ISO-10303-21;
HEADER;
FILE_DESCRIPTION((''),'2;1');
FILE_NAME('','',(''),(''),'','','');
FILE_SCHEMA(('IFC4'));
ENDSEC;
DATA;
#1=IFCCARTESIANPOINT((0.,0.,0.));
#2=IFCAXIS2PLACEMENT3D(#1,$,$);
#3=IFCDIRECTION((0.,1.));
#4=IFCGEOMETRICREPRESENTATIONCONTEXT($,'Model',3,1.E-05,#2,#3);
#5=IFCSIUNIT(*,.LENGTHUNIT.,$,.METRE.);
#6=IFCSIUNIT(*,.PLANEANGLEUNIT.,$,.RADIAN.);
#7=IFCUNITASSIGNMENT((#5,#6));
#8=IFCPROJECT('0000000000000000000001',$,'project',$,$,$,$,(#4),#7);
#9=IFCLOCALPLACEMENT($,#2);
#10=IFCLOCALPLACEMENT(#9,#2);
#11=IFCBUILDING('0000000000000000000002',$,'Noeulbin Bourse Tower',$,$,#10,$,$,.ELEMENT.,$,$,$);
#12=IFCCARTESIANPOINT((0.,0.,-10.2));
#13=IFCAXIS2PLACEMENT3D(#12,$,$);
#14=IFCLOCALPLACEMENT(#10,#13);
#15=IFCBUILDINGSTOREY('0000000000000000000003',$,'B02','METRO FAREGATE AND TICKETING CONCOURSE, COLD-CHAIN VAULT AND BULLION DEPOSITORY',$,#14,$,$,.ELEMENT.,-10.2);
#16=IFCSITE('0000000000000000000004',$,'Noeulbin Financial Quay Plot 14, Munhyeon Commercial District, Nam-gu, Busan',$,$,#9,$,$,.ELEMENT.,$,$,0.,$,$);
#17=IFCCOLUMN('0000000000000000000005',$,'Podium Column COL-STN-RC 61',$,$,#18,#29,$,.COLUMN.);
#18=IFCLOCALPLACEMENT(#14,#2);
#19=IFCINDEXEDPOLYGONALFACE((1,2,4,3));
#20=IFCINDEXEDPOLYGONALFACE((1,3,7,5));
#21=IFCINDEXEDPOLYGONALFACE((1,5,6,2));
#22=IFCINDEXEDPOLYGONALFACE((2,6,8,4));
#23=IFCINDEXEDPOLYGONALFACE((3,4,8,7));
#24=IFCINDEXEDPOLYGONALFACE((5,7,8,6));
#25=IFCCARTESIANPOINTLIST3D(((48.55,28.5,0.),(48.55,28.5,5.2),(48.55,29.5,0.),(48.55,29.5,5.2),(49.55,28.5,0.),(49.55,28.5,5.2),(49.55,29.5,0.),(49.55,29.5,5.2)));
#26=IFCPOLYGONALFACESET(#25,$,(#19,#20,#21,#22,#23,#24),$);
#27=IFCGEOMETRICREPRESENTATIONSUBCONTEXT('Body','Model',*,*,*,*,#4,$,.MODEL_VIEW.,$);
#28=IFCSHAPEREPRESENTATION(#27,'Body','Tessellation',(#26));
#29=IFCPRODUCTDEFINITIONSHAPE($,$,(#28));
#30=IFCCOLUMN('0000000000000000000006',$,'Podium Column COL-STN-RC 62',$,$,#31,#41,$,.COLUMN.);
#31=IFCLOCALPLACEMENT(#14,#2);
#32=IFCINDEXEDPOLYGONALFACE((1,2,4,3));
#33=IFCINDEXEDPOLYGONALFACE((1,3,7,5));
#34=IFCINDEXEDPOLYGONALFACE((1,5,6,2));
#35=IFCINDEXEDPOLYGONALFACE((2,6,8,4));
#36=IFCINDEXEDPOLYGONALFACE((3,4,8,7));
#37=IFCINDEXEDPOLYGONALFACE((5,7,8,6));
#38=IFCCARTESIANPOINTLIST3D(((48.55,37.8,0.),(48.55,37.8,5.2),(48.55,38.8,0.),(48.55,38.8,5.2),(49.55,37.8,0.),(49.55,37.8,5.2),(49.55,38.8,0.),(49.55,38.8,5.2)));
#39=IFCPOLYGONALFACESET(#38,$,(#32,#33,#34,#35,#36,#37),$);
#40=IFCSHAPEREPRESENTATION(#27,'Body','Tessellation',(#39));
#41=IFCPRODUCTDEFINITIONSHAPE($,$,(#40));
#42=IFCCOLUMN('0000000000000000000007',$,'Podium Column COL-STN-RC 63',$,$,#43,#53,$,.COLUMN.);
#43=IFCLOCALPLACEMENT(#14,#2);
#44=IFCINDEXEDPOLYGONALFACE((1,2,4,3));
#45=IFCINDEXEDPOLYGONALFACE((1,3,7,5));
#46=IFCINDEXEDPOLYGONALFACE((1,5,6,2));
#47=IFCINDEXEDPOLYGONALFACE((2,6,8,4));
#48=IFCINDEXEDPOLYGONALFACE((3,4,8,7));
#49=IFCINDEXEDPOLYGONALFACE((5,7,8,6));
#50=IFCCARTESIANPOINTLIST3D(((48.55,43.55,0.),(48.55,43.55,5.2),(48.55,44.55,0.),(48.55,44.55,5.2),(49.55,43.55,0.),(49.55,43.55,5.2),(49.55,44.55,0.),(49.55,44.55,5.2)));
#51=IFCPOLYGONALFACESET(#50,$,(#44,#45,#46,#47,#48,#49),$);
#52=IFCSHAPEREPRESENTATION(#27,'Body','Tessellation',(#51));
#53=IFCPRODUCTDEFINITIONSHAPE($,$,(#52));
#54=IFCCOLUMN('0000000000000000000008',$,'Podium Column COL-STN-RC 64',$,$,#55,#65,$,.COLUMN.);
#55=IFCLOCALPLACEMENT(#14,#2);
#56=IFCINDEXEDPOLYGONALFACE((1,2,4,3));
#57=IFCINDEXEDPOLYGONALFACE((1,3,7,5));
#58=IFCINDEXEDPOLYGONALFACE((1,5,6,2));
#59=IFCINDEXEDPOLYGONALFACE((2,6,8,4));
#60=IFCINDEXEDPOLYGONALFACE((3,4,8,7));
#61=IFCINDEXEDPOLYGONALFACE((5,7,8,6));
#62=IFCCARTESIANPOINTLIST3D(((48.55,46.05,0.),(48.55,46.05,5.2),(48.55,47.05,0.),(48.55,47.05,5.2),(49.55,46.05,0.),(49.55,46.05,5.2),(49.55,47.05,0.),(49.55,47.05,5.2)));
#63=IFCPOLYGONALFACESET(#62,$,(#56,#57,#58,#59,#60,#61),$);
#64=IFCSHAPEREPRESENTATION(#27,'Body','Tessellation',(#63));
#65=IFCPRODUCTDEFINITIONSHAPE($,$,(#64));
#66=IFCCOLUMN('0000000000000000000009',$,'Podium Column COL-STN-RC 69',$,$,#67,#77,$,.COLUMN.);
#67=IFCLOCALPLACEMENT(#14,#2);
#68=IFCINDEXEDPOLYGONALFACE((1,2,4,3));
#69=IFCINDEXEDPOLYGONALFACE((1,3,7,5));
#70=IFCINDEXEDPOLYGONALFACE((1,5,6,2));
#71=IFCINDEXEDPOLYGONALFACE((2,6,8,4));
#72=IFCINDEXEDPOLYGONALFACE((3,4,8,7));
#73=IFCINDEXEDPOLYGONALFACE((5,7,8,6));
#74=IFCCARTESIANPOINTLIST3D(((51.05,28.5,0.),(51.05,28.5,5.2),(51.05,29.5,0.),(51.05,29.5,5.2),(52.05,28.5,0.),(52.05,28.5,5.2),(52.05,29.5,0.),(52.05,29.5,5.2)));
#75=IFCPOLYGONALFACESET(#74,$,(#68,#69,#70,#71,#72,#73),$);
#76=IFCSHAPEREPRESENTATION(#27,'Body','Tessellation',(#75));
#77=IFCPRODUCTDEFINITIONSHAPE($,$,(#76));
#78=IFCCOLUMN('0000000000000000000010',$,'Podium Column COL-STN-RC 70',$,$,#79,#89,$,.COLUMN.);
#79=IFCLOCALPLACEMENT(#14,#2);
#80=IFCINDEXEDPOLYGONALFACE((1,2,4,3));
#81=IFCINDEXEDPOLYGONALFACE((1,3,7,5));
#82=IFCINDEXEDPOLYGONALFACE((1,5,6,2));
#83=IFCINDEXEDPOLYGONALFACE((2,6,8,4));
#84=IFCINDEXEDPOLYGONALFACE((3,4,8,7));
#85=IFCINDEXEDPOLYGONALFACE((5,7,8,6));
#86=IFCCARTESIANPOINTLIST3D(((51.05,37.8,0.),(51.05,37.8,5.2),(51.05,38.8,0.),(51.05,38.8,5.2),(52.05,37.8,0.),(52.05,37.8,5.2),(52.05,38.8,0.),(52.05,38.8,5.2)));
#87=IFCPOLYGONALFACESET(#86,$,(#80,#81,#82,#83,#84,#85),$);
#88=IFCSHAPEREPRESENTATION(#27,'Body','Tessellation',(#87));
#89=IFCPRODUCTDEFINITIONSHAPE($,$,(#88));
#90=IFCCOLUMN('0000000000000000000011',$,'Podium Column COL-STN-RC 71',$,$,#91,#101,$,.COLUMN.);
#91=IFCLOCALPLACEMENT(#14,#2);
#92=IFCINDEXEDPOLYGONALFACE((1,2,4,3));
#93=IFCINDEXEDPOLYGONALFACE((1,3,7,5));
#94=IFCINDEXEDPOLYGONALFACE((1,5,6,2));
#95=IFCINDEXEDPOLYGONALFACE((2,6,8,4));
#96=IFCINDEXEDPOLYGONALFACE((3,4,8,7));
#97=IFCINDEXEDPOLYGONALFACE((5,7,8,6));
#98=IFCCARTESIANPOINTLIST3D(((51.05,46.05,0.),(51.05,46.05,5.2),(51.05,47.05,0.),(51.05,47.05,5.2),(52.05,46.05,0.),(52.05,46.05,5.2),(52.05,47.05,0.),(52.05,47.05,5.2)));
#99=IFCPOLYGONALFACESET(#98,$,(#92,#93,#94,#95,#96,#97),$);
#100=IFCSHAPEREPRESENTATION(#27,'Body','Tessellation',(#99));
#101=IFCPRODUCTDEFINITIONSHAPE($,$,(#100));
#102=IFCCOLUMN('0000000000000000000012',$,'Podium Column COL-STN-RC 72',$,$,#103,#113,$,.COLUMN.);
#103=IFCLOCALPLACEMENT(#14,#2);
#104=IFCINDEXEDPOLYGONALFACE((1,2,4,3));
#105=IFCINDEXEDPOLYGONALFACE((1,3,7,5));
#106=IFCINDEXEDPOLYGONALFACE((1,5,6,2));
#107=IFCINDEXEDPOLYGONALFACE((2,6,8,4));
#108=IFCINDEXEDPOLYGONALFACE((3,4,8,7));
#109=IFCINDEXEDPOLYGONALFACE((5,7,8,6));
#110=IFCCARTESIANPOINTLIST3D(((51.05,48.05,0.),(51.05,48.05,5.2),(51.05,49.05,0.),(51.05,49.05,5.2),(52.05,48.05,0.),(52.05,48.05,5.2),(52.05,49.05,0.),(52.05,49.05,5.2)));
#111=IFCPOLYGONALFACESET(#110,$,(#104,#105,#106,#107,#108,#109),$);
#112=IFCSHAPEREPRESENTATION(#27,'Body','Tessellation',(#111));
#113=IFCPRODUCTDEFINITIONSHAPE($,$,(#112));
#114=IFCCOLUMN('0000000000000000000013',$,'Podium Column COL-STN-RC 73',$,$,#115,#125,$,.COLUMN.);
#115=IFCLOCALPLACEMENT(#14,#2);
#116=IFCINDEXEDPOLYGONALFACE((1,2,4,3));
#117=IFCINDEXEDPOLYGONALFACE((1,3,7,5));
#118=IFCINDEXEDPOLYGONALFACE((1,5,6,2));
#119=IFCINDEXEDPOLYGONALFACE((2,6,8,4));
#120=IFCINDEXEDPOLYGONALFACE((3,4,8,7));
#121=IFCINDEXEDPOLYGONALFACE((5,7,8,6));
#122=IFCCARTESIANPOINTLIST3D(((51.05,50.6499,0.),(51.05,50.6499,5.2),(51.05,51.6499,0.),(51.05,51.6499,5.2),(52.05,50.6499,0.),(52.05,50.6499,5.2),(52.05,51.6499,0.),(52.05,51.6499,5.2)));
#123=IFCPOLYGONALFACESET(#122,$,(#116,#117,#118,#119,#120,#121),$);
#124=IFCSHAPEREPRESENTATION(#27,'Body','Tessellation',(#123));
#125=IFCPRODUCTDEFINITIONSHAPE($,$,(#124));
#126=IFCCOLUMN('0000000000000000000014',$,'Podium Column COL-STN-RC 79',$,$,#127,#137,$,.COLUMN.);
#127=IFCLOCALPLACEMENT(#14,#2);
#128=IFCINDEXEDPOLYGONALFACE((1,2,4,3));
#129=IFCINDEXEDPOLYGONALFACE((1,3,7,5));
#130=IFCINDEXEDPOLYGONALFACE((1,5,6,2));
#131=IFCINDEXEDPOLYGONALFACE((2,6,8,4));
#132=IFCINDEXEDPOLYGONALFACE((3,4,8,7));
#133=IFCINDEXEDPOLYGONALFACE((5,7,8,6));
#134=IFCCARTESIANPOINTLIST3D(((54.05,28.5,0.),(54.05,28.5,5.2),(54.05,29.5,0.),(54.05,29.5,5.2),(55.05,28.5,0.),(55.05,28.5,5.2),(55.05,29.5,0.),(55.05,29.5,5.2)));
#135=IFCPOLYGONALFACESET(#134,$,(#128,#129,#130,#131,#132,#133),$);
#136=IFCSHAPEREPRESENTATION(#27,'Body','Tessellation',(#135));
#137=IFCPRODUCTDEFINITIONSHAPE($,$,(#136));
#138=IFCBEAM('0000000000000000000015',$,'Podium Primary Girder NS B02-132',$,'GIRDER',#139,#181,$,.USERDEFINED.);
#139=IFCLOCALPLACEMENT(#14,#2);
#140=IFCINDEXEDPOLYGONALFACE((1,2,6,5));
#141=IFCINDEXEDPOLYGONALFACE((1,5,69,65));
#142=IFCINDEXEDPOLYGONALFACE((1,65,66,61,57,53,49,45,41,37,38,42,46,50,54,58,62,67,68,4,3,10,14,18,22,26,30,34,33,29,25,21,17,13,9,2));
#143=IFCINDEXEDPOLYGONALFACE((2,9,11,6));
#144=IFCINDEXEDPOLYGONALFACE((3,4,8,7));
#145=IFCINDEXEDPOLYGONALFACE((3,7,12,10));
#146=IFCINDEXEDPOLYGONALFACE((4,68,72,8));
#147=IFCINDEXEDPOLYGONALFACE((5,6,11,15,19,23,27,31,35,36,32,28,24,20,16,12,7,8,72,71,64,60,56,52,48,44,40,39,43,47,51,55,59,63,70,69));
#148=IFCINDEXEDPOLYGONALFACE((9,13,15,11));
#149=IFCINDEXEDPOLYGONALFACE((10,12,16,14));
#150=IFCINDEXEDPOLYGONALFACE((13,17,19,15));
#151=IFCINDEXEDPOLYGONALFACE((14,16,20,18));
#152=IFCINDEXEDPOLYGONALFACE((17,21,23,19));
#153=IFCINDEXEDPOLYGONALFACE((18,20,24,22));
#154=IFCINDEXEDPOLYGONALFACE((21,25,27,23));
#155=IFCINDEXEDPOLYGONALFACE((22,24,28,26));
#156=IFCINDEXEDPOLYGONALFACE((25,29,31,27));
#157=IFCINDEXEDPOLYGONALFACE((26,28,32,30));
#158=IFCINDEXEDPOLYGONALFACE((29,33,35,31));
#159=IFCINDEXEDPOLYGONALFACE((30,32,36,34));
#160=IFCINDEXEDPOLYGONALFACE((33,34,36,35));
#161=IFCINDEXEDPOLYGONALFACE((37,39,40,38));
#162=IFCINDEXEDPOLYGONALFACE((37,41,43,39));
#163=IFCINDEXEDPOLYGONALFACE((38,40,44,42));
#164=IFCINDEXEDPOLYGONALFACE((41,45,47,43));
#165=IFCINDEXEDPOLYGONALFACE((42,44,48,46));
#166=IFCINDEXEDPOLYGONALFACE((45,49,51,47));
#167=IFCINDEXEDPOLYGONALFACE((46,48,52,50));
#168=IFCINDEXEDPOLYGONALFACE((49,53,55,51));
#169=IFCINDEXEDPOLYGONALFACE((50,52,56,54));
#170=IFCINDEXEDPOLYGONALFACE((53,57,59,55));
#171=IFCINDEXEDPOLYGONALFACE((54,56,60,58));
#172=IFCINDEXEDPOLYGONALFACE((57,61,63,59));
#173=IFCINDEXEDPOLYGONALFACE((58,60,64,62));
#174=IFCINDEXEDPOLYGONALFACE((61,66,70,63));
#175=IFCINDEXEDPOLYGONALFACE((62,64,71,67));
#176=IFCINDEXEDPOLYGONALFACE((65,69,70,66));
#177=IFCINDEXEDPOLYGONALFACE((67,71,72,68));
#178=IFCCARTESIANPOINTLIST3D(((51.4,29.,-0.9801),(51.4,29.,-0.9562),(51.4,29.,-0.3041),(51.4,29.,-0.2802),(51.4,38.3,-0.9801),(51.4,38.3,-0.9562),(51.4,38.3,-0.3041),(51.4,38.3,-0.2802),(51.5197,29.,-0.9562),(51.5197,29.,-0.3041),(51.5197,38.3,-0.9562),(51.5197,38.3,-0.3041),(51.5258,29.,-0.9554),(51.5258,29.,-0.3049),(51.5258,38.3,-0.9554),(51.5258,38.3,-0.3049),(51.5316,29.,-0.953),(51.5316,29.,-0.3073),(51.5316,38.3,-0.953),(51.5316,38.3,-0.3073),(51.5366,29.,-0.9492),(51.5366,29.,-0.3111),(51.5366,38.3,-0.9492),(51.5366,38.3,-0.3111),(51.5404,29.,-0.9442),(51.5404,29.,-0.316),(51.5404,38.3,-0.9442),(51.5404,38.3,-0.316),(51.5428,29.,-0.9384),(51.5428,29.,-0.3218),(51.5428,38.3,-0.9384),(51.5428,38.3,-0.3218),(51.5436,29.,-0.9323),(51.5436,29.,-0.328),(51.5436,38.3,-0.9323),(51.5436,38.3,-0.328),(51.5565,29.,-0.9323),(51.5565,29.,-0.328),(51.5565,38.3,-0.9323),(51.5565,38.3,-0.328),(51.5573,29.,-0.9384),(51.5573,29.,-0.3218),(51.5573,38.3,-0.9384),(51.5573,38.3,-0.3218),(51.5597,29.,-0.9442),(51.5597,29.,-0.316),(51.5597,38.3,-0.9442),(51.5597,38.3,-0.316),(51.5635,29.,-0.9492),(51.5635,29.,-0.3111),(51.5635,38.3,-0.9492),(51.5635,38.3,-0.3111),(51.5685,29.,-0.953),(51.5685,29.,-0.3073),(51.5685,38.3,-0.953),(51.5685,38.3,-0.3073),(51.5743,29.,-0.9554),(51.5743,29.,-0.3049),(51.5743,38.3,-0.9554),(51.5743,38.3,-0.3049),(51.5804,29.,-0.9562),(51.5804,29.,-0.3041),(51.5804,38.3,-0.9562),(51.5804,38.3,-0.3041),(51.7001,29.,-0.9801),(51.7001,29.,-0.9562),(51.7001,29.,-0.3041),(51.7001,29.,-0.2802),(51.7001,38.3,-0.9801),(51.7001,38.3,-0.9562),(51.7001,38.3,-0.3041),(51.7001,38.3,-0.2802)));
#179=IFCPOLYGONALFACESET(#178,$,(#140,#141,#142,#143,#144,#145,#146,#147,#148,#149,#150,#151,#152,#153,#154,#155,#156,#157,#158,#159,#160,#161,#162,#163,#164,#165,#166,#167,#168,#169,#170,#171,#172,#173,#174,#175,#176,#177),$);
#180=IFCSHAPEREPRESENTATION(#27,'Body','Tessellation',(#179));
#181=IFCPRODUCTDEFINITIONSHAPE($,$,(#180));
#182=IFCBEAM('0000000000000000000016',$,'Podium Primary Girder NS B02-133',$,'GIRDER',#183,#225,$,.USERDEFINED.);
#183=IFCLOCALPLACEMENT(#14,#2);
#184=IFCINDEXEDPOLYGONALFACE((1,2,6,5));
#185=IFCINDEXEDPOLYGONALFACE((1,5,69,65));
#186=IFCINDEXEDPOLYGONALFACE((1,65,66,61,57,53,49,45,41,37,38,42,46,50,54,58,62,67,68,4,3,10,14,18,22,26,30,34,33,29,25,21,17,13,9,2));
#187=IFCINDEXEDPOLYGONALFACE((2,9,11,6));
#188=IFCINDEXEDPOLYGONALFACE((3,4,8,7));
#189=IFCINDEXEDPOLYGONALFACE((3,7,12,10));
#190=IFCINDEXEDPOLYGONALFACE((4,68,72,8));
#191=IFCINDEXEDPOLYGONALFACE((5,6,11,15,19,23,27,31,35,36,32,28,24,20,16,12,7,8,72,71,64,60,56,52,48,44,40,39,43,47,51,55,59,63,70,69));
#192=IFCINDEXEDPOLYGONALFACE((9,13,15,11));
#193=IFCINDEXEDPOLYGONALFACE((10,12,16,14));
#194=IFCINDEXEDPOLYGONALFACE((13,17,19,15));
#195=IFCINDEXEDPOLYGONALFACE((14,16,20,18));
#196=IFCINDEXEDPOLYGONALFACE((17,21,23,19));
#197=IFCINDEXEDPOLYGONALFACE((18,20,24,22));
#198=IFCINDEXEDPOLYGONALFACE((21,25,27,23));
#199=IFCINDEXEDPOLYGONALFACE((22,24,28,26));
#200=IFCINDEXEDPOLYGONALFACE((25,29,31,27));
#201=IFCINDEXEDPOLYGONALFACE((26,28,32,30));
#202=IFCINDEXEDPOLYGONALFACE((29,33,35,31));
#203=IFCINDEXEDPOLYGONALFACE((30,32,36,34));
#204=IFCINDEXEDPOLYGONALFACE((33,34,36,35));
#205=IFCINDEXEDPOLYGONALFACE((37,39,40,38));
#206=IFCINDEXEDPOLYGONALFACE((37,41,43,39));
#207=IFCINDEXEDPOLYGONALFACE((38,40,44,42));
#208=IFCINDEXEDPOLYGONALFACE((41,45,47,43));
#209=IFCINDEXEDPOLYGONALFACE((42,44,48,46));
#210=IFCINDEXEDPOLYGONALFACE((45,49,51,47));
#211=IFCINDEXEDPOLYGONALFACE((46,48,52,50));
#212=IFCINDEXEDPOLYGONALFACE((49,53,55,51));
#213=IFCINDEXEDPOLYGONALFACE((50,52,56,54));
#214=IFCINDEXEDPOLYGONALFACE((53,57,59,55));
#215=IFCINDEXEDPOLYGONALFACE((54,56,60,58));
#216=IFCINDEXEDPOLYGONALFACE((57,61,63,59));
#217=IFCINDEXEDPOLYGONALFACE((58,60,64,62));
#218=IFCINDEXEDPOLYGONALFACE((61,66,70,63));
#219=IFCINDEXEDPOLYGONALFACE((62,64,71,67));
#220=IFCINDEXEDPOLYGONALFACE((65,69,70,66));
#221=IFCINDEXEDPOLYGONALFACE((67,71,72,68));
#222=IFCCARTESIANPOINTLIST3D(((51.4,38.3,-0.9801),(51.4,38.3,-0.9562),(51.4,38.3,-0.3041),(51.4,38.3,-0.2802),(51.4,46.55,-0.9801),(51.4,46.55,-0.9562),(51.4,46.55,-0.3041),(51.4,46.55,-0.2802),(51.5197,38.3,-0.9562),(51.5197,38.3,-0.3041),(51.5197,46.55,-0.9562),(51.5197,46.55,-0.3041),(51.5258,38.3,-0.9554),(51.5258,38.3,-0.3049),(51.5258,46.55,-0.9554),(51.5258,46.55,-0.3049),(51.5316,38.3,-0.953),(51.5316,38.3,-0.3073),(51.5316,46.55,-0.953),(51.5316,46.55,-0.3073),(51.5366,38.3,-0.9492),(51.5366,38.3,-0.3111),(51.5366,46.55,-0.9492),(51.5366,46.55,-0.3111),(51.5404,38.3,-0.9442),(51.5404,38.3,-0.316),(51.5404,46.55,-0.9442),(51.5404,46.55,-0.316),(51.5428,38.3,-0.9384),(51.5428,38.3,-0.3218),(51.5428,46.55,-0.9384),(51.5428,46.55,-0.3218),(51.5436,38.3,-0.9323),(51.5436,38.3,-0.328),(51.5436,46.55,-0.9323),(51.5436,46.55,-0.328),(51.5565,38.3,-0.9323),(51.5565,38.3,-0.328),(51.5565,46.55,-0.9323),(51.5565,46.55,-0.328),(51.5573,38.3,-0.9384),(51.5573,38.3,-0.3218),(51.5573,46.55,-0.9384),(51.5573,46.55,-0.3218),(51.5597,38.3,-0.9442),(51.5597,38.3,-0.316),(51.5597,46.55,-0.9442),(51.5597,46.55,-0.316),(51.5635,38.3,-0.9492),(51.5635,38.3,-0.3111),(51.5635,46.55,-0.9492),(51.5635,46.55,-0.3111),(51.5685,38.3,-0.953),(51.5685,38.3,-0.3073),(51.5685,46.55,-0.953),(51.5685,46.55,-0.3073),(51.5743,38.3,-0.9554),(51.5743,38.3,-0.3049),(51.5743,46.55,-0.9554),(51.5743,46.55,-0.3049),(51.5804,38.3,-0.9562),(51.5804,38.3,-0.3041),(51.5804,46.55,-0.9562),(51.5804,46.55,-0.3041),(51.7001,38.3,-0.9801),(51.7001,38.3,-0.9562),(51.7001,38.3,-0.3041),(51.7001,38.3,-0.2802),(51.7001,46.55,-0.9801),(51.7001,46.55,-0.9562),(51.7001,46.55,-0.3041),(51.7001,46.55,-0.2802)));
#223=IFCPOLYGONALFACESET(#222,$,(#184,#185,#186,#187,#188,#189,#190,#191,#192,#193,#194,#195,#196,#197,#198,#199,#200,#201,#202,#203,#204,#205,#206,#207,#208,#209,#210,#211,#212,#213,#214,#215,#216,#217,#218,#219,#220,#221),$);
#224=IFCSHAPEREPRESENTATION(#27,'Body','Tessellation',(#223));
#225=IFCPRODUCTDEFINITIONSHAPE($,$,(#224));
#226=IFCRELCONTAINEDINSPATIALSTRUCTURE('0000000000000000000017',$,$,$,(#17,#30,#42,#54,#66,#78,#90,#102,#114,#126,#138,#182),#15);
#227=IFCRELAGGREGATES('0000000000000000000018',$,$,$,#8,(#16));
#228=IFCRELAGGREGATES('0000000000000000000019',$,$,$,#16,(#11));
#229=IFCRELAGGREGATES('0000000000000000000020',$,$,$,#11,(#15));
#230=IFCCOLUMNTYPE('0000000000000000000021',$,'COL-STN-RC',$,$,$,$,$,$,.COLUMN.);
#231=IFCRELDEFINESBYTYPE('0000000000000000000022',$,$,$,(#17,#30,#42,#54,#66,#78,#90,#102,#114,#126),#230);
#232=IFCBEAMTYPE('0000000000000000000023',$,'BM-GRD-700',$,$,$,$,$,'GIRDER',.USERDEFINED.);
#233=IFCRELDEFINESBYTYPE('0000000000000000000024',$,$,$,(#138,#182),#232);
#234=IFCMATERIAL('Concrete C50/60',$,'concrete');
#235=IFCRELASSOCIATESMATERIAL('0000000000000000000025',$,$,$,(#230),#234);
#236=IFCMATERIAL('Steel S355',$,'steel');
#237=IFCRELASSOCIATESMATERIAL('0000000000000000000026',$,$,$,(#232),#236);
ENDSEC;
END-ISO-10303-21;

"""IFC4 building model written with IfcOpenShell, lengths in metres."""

from ifc_helpers import new_model, si_unit, direction, frame, origin, origin_2d, place, context, subcontext, project, spatial, rectangle, i_section, extrude, material, material_profile, profile_set, type_object, element, save


model = new_model("IFC4")

# Units and contexts
model_context = context("Model", 3, precision=1e-05, world=origin(), true_north=direction((0.0, 1.0)))
body_context = subcontext(model_context, "Body", "Model", "MODEL_VIEW")
ifc_project = project(units=[si_unit("LENGTHUNIT", "METRE"), si_unit("PLANEANGLEUNIT", "RADIAN")], contexts=[model_context])

# Site, building, storey
site_placement = place(None, origin())
site = spatial("IfcSite", under=ifc_project, at=site_placement, Name="Noeulbin Financial Quay Plot 14, Munhyeon Commercial District, Nam-gu, Busan", CompositionType="ELEMENT", RefElevation=0.0)
building_placement = place(site_placement, origin())
building = spatial("IfcBuilding", under=site, at=building_placement, Name="Noeulbin Bourse Tower", CompositionType="ELEMENT")
storey_placement = place(building_placement, frame((0.0, 0.0, -10.2)))
storey = spatial("IfcBuildingStorey", under=building, at=storey_placement, Name="B02", Description="METRO FAREGATE AND TICKETING CONCOURSE, COLD-CHAIN VAULT AND BULLION DEPOSITORY", CompositionType="ELEMENT", Elevation=-10.2)

# Columns
ifc_material_1 = material(Name="Concrete C50/60", Category="concrete")
ifc_material_profile_1 = material_profile(ifc_material_1, rectangle(XDim=1.0, YDim=1.0, at=origin_2d()), Name="RC-COL-1000x1000", Category="LoadBearing")
ifc_profile_set_1 = profile_set([ifc_material_profile_1], Name="Concrete C50/60")
column_type = type_object("IfcColumnType", Name="COL-STN-RC", PredefinedType="COLUMN", material=ifc_profile_set_1)
for number, where, z_axis, x_axis, name in (
    (1, (49.05, 29.0, 0.0), (0.0, 0.0, 1.0), (1.0, 0.0, 0.0), "Podium Column COL-STN-RC 61"),
    (2, (49.05, 38.3, 0.0), (0.0, 0.0, 1.0), (1.0, 0.0, 0.0), "Podium Column COL-STN-RC 62"),
    (3, (49.05, 44.05, 0.0), (0.0, 0.0, 1.0), (1.0, 0.0, 0.0), "Podium Column COL-STN-RC 63"),
    (4, (49.05, 46.55, 0.0), (0.0, 0.0, 1.0), (1.0, 0.0, 0.0), "Podium Column COL-STN-RC 64"),
    (5, (51.55, 29.0, 0.0), (0.0, 0.0, 1.0), (1.0, 0.0, 0.0), "Podium Column COL-STN-RC 69"),
    (6, (51.55, 38.3, 0.0), (0.0, 0.0, 1.0), (1.0, 0.0, 0.0), "Podium Column COL-STN-RC 70"),
    (7, (51.55, 46.55, 0.0), (0.0, 0.0, 1.0), (1.0, 0.0, 0.0), "Podium Column COL-STN-RC 71"),
    (8, (51.55, 48.55, 0.0), (0.0, 0.0, 1.0), (1.0, 0.0, 0.0), "Podium Column COL-STN-RC 72"),
    (9, (51.55, 51.1499, 0.0), (0.0, 0.0, 1.0), (1.0, 0.0, 0.0), "Podium Column COL-STN-RC 73"),
    (10, (54.55, 29.0, 0.0), (0.0, 0.0, 1.0), (1.0, 0.0, 0.0), "Podium Column COL-STN-RC 79"),
):
    element("IfcColumn", number, at=place(storey_placement, frame(where, z_axis=z_axis, x_axis=x_axis)), inside=storey, type_object=column_type, Name=name, PredefinedType="COLUMN", context=body_context, shape_type="SweptSolid", body=[
        extrude(rectangle(XDim=1.0, YDim=1.0, at=origin_2d()), origin(), (0.0, 0.0, 1.0), 5.2),
    ])

# Beams
ifc_material_2 = material(Name="Steel S355", Category="steel")
ifc_material_profile_2 = material_profile(ifc_material_2, i_section(OverallWidth=0.3, OverallDepth=0.7, WebThickness=0.0129, FlangeThickness=0.0239, FilletRadius=0.0239, at=origin_2d()), Name="H-700x300x13x24", Category="LoadBearing")
ifc_profile_set_2 = profile_set([ifc_material_profile_2], Name="Steel S355")
beam_type_1 = type_object("IfcBeamType", Name="BM-GRD-700", ElementType="GIRDER", PredefinedType="USERDEFINED", material=ifc_profile_set_2)
beam_1_placement = place(storey_placement, frame((51.55, 29.0, -0.6301), z_axis=(0.0, 1.0, 0.0), x_axis=(-1.0, 0.0, 0.0)))
element("IfcBeam", 11, at=beam_1_placement, inside=storey, type_object=beam_type_1, Name="Podium Primary Girder NS B02-132", ObjectType="GIRDER", PredefinedType="USERDEFINED", context=body_context, shape_type="SweptSolid", body=[
    extrude(i_section(OverallWidth=0.3, OverallDepth=0.7, WebThickness=0.0129, FlangeThickness=0.0239, FilletRadius=0.0239, at=origin_2d()), origin(), (0.0, 0.0, 1.0), 9.3),
])
beam_2_placement = place(storey_placement, frame((51.55, 38.3, -0.6301), z_axis=(0.0, 1.0, 0.0), x_axis=(-1.0, 0.0, 0.0)))
element("IfcBeam", 12, at=beam_2_placement, inside=storey, type_object=beam_type_1, Name="Podium Primary Girder NS B02-133", ObjectType="GIRDER", PredefinedType="USERDEFINED", context=body_context, shape_type="SweptSolid", body=[
    extrude(i_section(OverallWidth=0.3, OverallDepth=0.7, WebThickness=0.0129, FlangeThickness=0.0239, FilletRadius=0.0239, at=origin_2d()), origin(), (0.0, 0.0, 1.0), 8.25),
])

save(model, "model.ifc")
